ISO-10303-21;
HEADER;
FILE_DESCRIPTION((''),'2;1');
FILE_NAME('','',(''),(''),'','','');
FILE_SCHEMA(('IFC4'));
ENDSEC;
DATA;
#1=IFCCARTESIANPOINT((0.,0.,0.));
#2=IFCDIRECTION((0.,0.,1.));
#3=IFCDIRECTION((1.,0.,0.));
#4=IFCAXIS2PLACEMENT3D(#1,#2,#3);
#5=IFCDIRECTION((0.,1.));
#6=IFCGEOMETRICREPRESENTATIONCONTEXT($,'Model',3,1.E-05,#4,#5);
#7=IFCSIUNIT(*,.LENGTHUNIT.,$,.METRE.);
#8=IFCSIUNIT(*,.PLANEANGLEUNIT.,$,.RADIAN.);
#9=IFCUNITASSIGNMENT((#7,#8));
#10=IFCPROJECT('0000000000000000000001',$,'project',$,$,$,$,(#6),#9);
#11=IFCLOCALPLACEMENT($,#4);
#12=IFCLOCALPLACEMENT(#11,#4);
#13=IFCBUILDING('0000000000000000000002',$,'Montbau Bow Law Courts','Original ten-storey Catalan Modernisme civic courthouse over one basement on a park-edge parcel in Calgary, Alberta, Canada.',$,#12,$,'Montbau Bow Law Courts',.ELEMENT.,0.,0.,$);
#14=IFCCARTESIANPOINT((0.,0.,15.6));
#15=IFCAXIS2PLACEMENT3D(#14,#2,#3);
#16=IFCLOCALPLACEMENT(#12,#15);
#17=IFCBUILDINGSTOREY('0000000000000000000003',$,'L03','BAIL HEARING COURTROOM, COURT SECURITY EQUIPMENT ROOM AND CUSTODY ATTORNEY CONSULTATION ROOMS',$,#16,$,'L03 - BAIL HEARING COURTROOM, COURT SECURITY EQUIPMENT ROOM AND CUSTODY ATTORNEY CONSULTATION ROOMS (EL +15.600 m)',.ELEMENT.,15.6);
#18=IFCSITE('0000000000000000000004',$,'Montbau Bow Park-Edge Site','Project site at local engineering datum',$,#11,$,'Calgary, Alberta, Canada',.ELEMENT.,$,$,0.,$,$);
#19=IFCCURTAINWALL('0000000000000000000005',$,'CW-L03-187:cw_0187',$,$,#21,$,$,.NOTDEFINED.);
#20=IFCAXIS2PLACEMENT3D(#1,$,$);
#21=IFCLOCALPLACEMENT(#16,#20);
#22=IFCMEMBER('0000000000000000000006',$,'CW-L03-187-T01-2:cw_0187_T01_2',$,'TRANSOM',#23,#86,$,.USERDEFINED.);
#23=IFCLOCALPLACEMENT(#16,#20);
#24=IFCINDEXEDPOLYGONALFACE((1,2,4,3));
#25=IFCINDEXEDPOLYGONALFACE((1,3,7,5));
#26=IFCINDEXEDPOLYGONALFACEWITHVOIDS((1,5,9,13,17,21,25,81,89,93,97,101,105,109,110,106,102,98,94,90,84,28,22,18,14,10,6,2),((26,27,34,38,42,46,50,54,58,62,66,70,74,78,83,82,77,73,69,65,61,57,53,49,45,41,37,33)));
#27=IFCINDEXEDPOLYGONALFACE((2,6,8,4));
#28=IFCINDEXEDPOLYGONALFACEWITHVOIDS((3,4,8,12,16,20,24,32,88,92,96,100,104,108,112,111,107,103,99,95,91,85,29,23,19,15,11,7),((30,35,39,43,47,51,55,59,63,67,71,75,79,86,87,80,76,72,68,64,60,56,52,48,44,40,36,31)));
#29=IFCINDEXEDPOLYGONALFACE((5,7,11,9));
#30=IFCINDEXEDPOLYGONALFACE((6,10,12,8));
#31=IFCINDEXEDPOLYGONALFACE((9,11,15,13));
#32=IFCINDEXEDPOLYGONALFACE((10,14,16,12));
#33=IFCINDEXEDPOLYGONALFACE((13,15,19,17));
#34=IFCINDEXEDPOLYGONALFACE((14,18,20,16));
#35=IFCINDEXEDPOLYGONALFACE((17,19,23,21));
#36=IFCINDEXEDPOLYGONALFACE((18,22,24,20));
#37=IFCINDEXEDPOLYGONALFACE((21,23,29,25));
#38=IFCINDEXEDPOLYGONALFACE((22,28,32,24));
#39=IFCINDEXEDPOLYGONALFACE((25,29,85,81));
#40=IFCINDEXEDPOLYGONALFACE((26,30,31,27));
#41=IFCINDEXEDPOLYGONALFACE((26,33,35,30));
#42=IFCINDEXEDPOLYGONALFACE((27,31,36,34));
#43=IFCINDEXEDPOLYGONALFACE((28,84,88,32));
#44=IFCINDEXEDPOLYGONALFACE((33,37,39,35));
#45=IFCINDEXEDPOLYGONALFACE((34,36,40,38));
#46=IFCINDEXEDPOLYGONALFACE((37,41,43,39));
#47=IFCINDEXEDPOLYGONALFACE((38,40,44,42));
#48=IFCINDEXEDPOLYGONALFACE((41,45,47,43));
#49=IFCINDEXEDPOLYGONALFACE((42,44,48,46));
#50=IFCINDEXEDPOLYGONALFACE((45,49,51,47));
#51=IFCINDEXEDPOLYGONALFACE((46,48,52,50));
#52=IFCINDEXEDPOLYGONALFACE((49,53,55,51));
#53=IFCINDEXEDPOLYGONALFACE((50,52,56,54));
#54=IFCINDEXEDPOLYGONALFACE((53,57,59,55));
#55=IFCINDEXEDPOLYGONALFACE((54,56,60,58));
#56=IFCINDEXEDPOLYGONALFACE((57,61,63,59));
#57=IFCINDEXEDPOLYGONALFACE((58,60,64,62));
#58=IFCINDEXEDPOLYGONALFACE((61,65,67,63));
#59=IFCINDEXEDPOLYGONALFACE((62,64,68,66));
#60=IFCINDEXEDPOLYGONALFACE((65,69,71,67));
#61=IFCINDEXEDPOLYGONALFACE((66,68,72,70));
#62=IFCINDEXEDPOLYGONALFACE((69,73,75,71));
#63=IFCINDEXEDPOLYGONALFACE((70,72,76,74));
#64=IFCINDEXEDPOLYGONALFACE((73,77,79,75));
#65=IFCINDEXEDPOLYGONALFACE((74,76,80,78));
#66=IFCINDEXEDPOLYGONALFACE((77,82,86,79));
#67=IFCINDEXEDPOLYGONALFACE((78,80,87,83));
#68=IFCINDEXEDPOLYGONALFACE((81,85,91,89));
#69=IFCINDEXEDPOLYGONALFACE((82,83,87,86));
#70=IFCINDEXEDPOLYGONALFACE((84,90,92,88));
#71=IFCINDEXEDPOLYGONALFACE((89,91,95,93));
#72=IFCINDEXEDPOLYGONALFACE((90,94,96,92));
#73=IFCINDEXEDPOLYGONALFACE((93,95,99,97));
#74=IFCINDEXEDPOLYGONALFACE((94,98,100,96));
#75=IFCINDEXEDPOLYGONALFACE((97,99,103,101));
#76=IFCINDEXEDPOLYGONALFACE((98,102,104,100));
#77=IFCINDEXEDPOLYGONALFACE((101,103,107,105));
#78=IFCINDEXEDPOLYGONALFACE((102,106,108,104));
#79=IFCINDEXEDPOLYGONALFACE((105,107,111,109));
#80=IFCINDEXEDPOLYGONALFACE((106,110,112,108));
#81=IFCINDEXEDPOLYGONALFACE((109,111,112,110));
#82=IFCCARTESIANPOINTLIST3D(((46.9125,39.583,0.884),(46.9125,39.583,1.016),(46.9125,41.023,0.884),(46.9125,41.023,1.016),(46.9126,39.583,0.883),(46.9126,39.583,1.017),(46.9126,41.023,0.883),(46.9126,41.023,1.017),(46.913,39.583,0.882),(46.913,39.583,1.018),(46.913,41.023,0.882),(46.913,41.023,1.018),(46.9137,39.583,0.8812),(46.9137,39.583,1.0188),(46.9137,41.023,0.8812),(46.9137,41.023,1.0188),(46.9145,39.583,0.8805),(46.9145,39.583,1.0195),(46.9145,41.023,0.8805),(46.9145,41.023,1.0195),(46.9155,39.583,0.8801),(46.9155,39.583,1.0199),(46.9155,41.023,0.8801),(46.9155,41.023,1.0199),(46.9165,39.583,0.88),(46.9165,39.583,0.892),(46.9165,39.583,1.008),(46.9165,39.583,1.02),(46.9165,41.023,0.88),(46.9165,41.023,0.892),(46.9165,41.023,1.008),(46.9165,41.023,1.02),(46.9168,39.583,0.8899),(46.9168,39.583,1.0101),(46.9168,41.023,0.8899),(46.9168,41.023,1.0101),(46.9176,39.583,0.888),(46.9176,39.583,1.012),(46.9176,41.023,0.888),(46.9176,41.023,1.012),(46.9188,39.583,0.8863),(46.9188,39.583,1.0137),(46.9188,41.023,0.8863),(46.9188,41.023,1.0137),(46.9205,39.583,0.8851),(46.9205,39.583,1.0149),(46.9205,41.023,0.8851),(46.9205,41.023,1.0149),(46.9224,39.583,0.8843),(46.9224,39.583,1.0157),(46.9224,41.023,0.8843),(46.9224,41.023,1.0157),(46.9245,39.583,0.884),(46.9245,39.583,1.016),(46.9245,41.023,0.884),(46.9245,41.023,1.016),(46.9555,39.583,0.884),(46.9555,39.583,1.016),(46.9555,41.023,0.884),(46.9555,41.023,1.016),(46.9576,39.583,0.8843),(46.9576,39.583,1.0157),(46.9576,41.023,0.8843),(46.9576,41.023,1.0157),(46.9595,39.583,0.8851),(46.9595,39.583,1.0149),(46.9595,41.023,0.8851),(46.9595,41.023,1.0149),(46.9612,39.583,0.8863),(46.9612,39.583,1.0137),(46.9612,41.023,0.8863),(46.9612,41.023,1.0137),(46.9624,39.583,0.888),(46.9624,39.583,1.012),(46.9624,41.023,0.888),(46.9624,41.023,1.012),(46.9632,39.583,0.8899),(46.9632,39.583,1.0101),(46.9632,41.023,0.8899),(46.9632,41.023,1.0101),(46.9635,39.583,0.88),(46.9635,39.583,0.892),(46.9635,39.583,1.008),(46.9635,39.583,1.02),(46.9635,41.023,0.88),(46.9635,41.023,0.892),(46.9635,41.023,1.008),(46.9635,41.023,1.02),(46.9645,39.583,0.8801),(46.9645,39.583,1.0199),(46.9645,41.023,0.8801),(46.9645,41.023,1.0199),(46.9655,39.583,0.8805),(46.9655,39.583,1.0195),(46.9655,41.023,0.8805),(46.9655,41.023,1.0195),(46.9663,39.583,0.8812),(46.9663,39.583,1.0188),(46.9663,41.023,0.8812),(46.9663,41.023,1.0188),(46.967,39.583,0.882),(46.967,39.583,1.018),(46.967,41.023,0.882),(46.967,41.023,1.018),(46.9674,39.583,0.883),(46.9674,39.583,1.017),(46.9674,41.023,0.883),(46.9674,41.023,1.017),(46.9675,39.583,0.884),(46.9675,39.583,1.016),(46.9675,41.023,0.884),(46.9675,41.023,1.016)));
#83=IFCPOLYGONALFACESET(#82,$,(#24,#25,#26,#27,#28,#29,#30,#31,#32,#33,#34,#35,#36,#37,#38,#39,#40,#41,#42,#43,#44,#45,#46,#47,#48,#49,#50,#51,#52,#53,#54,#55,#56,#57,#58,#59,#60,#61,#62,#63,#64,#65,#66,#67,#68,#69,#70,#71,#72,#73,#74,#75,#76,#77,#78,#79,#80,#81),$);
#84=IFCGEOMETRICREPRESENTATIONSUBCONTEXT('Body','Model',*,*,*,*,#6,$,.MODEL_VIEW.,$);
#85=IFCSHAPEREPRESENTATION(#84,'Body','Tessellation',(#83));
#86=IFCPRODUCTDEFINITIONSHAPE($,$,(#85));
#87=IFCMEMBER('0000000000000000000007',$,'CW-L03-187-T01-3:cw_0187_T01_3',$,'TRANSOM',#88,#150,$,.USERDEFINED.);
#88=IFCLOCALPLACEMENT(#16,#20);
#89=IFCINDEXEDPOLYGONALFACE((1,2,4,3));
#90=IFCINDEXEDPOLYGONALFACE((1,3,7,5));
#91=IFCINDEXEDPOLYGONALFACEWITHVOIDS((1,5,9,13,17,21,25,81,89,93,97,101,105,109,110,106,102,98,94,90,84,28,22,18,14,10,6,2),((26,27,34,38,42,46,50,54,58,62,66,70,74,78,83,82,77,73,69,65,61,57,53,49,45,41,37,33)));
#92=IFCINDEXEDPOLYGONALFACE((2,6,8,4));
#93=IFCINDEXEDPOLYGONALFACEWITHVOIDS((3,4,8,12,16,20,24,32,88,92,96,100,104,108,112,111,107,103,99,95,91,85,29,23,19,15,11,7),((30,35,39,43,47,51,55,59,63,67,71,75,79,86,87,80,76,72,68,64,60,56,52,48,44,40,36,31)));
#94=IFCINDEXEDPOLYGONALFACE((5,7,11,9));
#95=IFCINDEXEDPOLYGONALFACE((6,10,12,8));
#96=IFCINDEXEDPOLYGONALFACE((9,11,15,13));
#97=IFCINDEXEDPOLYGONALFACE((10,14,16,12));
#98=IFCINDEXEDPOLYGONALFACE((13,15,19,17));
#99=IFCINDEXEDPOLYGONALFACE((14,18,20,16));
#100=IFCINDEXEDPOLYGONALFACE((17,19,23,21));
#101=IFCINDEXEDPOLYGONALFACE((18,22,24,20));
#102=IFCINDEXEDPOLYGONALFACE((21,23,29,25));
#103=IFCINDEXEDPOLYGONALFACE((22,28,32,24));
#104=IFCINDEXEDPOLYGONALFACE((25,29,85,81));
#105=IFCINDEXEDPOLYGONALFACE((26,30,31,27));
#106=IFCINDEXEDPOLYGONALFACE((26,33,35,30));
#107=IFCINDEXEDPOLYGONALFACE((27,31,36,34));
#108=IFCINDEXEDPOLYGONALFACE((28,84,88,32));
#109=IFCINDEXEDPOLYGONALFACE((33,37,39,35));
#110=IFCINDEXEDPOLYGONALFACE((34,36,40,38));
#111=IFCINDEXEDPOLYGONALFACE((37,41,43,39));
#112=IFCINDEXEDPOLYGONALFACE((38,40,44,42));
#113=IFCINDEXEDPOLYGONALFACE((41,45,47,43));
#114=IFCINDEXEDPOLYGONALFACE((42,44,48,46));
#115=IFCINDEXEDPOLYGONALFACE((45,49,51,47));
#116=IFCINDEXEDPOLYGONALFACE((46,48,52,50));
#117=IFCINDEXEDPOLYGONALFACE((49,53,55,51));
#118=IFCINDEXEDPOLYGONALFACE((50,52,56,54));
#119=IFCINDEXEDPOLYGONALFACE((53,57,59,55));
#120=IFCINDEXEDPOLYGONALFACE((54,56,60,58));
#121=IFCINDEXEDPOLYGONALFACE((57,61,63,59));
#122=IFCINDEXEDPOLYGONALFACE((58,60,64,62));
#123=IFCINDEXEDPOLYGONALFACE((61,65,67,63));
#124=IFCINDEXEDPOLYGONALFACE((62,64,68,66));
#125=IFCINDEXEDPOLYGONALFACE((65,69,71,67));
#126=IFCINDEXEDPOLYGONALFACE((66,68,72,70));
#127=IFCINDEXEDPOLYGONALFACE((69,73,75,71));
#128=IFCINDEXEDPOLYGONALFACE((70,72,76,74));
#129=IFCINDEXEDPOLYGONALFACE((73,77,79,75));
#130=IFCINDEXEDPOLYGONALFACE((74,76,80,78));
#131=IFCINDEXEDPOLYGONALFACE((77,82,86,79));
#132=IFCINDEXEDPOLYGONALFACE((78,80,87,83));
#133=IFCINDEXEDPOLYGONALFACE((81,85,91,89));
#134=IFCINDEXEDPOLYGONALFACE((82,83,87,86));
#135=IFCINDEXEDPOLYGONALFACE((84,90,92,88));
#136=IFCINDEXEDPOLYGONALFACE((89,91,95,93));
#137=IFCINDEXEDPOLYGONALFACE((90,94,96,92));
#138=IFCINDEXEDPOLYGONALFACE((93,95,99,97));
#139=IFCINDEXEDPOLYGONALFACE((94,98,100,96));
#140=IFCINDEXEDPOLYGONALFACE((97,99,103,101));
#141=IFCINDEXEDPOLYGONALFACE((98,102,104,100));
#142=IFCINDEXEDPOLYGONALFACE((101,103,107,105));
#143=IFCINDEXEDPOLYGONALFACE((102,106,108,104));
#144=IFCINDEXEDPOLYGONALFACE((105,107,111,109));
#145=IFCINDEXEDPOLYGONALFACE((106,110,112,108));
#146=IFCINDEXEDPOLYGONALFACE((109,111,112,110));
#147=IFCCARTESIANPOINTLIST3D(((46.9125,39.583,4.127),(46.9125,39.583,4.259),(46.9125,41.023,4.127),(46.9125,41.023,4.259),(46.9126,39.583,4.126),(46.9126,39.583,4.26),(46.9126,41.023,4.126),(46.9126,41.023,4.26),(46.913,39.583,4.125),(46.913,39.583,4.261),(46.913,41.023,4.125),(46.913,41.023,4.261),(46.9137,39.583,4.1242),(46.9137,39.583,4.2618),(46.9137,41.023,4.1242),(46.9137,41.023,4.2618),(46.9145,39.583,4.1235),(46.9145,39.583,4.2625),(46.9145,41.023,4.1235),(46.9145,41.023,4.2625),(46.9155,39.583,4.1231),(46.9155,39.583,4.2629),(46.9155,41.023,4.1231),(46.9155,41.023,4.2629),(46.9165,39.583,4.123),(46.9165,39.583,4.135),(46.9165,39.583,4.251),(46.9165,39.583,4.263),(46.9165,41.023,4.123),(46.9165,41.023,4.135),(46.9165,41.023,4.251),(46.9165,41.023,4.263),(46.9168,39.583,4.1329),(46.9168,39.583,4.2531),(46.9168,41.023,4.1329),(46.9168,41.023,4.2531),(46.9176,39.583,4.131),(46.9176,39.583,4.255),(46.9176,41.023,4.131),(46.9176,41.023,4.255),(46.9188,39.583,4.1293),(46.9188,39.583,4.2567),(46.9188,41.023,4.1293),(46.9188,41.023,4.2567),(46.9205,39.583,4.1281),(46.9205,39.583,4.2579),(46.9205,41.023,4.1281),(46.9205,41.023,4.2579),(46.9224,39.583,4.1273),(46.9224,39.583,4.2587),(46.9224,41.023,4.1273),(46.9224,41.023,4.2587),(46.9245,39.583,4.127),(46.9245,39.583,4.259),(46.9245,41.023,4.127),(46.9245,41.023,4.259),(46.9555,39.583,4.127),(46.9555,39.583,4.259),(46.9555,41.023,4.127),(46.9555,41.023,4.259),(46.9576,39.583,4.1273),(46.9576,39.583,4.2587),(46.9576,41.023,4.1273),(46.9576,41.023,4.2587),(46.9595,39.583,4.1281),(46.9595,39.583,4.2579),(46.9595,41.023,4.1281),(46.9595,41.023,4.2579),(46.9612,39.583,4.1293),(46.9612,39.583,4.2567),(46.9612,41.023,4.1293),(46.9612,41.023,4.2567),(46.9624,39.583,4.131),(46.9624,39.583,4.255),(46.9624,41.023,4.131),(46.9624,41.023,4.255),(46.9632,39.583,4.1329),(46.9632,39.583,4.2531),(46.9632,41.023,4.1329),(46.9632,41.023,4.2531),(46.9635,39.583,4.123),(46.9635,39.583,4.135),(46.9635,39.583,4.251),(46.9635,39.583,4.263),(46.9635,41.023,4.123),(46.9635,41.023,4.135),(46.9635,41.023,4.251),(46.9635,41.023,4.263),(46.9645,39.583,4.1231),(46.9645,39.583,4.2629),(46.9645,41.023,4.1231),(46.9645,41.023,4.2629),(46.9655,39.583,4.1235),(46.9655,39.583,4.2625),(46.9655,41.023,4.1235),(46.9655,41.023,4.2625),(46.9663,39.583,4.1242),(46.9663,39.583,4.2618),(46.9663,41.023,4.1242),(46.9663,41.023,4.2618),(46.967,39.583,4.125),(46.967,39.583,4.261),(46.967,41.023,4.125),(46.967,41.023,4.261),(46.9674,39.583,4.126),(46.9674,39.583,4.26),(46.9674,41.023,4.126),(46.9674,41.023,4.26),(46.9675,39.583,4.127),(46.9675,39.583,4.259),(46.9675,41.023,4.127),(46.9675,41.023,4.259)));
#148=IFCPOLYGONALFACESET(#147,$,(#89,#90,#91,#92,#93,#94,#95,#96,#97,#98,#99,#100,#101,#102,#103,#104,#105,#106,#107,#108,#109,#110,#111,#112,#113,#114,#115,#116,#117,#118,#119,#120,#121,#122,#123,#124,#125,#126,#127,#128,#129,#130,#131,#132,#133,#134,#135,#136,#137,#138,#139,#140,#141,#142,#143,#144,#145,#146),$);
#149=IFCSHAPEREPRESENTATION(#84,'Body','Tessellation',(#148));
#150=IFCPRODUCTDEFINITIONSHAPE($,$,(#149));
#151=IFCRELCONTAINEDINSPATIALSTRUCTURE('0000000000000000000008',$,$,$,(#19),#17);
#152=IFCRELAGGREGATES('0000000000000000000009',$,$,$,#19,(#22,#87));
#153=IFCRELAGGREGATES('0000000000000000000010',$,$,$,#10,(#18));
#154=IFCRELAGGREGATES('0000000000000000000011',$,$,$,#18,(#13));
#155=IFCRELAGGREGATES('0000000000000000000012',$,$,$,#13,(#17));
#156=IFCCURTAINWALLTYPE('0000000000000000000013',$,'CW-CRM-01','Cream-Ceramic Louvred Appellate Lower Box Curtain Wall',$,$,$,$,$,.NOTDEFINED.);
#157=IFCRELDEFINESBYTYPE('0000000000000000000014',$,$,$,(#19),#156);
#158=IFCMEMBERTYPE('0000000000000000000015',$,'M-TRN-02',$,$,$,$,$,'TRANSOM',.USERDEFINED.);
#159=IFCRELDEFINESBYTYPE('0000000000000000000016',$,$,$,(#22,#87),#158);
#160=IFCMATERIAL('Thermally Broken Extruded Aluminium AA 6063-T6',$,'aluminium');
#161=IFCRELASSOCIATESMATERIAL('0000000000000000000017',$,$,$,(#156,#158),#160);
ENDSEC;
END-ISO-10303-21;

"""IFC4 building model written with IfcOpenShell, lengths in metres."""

from ifc_helpers import new_model, si_unit, direction, frame, origin_with_axes, origin_2d_with_axis, place, context, subcontext, project, spatial, hollow_rectangle, extrude, material, material_profile, profile_set, type_object, element, aggregate, save


model = new_model("IFC4")

# Units and contexts
model_context = context("Model", 3, precision=1e-05, world=origin_with_axes(), true_north=direction((0.0, 1.0)))
body_context = subcontext(model_context, "Body", "Model", "MODEL_VIEW")
ifc_project = project(units=[si_unit("LENGTHUNIT", "METRE"), si_unit("PLANEANGLEUNIT", "RADIAN")], contexts=[model_context])

# Site, building, storey
site_placement = place(None, origin_with_axes())
site = spatial("IfcSite", under=ifc_project, at=site_placement, Name="Montbau Bow Park-Edge Site", Description="Project site at local engineering datum", LongName="Calgary, Alberta, Canada", CompositionType="ELEMENT", RefElevation=0.0)
building_placement = place(site_placement, origin_with_axes())
building = spatial("IfcBuilding", under=site, at=building_placement, Name="Montbau Bow Law Courts", Description="Original ten-storey Catalan Modernisme civic courthouse over one basement on a park-edge parcel in Calgary, Alberta, Canada.", LongName="Montbau Bow Law Courts", CompositionType="ELEMENT", ElevationOfRefHeight=0.0, ElevationOfTerrain=0.0)
storey_placement = place(building_placement, frame((0.0, 0.0, 15.6), z_axis=(0.0, 0.0, 1.0), x_axis=(1.0, 0.0, 0.0)))
storey = spatial("IfcBuildingStorey", under=building, at=storey_placement, Name="L03", Description="BAIL HEARING COURTROOM, COURT SECURITY EQUIPMENT ROOM AND CUSTODY ATTORNEY CONSULTATION ROOMS", LongName="L03 - BAIL HEARING COURTROOM, COURT SECURITY EQUIPMENT ROOM AND CUSTODY ATTORNEY CONSULTATION ROOMS (EL +15.600 m)", CompositionType="ELEMENT", Elevation=15.6)

# Curtain wall, members
ifc_material_1 = material(Name="Thermally Broken Extruded Aluminium AA 6063-T6", Category="aluminium")
curtain_wall_type_1 = type_object("IfcCurtainWallType", Name="CW-CRM-01", Description="Cream-Ceramic Louvred Appellate Lower Box Curtain Wall", PredefinedType="NOTDEFINED", material=ifc_material_1)
ifc_material_profile_1 = material_profile(ifc_material_1, hollow_rectangle(XDim=0.055, YDim=0.14, WallThickness=0.004, InnerFilletRadius=0.008, OuterFilletRadius=0.004, at=origin_2d_with_axis()), Name="CWT-140X55", Category="Main", Priority=0)
ifc_profile_set_1 = profile_set([ifc_material_profile_1], Name="Thermally Broken Extruded Aluminium AA 6063-T6")
member_type_1 = type_object("IfcMemberType", Name="M-TRN-02", ElementType="TRANSOM", PredefinedType="USERDEFINED", material=ifc_profile_set_1)
curtain_wall_1_placement = place(None, frame((46.94, 39.515, 15.6), z_axis=(0.0, 0.0, 1.0), x_axis=(1.0, 0.0, 0.0)))
curtain_wall_1 = element("IfcCurtainWall", 1, at=curtain_wall_1_placement, inside=storey, type_object=curtain_wall_type_1, Name="CW-L03-187:cw_0187", PredefinedType="NOTDEFINED")
member_1_placement = place(None, frame((46.94, 39.583, 16.55), z_axis=(0.0, 1.0, 0.0), x_axis=(-1.0, 0.0, 0.0)))
member_1 = element("IfcMember", 2, at=member_1_placement, type_object=member_type_1, Name="CW-L03-187-T01-2:cw_0187_T01_2", ObjectType="TRANSOM", PredefinedType="USERDEFINED", context=body_context, shape_type="SweptSolid", body=[
    extrude(hollow_rectangle(XDim=0.055, YDim=0.14, WallThickness=0.004, InnerFilletRadius=0.008, OuterFilletRadius=0.004, at=origin_2d_with_axis()), origin_with_axes(), (0.0, 0.0, 1.0), 1.44),
])
member_2_placement = place(None, frame((46.94, 39.583, 19.793), z_axis=(0.0, 1.0, 0.0), x_axis=(-1.0, 0.0, 0.0)))
member_2 = element("IfcMember", 3, at=member_2_placement, type_object=member_type_1, Name="CW-L03-187-T01-3:cw_0187_T01_3", ObjectType="TRANSOM", PredefinedType="USERDEFINED", context=body_context, shape_type="SweptSolid", body=[
    extrude(hollow_rectangle(XDim=0.055, YDim=0.14, WallThickness=0.004, InnerFilletRadius=0.008, OuterFilletRadius=0.004, at=origin_2d_with_axis()), origin_with_axes(), (0.0, 0.0, 1.0), 1.44),
])

aggregate(curtain_wall_1, [member_1, member_2])

save(model, "model.ifc")
